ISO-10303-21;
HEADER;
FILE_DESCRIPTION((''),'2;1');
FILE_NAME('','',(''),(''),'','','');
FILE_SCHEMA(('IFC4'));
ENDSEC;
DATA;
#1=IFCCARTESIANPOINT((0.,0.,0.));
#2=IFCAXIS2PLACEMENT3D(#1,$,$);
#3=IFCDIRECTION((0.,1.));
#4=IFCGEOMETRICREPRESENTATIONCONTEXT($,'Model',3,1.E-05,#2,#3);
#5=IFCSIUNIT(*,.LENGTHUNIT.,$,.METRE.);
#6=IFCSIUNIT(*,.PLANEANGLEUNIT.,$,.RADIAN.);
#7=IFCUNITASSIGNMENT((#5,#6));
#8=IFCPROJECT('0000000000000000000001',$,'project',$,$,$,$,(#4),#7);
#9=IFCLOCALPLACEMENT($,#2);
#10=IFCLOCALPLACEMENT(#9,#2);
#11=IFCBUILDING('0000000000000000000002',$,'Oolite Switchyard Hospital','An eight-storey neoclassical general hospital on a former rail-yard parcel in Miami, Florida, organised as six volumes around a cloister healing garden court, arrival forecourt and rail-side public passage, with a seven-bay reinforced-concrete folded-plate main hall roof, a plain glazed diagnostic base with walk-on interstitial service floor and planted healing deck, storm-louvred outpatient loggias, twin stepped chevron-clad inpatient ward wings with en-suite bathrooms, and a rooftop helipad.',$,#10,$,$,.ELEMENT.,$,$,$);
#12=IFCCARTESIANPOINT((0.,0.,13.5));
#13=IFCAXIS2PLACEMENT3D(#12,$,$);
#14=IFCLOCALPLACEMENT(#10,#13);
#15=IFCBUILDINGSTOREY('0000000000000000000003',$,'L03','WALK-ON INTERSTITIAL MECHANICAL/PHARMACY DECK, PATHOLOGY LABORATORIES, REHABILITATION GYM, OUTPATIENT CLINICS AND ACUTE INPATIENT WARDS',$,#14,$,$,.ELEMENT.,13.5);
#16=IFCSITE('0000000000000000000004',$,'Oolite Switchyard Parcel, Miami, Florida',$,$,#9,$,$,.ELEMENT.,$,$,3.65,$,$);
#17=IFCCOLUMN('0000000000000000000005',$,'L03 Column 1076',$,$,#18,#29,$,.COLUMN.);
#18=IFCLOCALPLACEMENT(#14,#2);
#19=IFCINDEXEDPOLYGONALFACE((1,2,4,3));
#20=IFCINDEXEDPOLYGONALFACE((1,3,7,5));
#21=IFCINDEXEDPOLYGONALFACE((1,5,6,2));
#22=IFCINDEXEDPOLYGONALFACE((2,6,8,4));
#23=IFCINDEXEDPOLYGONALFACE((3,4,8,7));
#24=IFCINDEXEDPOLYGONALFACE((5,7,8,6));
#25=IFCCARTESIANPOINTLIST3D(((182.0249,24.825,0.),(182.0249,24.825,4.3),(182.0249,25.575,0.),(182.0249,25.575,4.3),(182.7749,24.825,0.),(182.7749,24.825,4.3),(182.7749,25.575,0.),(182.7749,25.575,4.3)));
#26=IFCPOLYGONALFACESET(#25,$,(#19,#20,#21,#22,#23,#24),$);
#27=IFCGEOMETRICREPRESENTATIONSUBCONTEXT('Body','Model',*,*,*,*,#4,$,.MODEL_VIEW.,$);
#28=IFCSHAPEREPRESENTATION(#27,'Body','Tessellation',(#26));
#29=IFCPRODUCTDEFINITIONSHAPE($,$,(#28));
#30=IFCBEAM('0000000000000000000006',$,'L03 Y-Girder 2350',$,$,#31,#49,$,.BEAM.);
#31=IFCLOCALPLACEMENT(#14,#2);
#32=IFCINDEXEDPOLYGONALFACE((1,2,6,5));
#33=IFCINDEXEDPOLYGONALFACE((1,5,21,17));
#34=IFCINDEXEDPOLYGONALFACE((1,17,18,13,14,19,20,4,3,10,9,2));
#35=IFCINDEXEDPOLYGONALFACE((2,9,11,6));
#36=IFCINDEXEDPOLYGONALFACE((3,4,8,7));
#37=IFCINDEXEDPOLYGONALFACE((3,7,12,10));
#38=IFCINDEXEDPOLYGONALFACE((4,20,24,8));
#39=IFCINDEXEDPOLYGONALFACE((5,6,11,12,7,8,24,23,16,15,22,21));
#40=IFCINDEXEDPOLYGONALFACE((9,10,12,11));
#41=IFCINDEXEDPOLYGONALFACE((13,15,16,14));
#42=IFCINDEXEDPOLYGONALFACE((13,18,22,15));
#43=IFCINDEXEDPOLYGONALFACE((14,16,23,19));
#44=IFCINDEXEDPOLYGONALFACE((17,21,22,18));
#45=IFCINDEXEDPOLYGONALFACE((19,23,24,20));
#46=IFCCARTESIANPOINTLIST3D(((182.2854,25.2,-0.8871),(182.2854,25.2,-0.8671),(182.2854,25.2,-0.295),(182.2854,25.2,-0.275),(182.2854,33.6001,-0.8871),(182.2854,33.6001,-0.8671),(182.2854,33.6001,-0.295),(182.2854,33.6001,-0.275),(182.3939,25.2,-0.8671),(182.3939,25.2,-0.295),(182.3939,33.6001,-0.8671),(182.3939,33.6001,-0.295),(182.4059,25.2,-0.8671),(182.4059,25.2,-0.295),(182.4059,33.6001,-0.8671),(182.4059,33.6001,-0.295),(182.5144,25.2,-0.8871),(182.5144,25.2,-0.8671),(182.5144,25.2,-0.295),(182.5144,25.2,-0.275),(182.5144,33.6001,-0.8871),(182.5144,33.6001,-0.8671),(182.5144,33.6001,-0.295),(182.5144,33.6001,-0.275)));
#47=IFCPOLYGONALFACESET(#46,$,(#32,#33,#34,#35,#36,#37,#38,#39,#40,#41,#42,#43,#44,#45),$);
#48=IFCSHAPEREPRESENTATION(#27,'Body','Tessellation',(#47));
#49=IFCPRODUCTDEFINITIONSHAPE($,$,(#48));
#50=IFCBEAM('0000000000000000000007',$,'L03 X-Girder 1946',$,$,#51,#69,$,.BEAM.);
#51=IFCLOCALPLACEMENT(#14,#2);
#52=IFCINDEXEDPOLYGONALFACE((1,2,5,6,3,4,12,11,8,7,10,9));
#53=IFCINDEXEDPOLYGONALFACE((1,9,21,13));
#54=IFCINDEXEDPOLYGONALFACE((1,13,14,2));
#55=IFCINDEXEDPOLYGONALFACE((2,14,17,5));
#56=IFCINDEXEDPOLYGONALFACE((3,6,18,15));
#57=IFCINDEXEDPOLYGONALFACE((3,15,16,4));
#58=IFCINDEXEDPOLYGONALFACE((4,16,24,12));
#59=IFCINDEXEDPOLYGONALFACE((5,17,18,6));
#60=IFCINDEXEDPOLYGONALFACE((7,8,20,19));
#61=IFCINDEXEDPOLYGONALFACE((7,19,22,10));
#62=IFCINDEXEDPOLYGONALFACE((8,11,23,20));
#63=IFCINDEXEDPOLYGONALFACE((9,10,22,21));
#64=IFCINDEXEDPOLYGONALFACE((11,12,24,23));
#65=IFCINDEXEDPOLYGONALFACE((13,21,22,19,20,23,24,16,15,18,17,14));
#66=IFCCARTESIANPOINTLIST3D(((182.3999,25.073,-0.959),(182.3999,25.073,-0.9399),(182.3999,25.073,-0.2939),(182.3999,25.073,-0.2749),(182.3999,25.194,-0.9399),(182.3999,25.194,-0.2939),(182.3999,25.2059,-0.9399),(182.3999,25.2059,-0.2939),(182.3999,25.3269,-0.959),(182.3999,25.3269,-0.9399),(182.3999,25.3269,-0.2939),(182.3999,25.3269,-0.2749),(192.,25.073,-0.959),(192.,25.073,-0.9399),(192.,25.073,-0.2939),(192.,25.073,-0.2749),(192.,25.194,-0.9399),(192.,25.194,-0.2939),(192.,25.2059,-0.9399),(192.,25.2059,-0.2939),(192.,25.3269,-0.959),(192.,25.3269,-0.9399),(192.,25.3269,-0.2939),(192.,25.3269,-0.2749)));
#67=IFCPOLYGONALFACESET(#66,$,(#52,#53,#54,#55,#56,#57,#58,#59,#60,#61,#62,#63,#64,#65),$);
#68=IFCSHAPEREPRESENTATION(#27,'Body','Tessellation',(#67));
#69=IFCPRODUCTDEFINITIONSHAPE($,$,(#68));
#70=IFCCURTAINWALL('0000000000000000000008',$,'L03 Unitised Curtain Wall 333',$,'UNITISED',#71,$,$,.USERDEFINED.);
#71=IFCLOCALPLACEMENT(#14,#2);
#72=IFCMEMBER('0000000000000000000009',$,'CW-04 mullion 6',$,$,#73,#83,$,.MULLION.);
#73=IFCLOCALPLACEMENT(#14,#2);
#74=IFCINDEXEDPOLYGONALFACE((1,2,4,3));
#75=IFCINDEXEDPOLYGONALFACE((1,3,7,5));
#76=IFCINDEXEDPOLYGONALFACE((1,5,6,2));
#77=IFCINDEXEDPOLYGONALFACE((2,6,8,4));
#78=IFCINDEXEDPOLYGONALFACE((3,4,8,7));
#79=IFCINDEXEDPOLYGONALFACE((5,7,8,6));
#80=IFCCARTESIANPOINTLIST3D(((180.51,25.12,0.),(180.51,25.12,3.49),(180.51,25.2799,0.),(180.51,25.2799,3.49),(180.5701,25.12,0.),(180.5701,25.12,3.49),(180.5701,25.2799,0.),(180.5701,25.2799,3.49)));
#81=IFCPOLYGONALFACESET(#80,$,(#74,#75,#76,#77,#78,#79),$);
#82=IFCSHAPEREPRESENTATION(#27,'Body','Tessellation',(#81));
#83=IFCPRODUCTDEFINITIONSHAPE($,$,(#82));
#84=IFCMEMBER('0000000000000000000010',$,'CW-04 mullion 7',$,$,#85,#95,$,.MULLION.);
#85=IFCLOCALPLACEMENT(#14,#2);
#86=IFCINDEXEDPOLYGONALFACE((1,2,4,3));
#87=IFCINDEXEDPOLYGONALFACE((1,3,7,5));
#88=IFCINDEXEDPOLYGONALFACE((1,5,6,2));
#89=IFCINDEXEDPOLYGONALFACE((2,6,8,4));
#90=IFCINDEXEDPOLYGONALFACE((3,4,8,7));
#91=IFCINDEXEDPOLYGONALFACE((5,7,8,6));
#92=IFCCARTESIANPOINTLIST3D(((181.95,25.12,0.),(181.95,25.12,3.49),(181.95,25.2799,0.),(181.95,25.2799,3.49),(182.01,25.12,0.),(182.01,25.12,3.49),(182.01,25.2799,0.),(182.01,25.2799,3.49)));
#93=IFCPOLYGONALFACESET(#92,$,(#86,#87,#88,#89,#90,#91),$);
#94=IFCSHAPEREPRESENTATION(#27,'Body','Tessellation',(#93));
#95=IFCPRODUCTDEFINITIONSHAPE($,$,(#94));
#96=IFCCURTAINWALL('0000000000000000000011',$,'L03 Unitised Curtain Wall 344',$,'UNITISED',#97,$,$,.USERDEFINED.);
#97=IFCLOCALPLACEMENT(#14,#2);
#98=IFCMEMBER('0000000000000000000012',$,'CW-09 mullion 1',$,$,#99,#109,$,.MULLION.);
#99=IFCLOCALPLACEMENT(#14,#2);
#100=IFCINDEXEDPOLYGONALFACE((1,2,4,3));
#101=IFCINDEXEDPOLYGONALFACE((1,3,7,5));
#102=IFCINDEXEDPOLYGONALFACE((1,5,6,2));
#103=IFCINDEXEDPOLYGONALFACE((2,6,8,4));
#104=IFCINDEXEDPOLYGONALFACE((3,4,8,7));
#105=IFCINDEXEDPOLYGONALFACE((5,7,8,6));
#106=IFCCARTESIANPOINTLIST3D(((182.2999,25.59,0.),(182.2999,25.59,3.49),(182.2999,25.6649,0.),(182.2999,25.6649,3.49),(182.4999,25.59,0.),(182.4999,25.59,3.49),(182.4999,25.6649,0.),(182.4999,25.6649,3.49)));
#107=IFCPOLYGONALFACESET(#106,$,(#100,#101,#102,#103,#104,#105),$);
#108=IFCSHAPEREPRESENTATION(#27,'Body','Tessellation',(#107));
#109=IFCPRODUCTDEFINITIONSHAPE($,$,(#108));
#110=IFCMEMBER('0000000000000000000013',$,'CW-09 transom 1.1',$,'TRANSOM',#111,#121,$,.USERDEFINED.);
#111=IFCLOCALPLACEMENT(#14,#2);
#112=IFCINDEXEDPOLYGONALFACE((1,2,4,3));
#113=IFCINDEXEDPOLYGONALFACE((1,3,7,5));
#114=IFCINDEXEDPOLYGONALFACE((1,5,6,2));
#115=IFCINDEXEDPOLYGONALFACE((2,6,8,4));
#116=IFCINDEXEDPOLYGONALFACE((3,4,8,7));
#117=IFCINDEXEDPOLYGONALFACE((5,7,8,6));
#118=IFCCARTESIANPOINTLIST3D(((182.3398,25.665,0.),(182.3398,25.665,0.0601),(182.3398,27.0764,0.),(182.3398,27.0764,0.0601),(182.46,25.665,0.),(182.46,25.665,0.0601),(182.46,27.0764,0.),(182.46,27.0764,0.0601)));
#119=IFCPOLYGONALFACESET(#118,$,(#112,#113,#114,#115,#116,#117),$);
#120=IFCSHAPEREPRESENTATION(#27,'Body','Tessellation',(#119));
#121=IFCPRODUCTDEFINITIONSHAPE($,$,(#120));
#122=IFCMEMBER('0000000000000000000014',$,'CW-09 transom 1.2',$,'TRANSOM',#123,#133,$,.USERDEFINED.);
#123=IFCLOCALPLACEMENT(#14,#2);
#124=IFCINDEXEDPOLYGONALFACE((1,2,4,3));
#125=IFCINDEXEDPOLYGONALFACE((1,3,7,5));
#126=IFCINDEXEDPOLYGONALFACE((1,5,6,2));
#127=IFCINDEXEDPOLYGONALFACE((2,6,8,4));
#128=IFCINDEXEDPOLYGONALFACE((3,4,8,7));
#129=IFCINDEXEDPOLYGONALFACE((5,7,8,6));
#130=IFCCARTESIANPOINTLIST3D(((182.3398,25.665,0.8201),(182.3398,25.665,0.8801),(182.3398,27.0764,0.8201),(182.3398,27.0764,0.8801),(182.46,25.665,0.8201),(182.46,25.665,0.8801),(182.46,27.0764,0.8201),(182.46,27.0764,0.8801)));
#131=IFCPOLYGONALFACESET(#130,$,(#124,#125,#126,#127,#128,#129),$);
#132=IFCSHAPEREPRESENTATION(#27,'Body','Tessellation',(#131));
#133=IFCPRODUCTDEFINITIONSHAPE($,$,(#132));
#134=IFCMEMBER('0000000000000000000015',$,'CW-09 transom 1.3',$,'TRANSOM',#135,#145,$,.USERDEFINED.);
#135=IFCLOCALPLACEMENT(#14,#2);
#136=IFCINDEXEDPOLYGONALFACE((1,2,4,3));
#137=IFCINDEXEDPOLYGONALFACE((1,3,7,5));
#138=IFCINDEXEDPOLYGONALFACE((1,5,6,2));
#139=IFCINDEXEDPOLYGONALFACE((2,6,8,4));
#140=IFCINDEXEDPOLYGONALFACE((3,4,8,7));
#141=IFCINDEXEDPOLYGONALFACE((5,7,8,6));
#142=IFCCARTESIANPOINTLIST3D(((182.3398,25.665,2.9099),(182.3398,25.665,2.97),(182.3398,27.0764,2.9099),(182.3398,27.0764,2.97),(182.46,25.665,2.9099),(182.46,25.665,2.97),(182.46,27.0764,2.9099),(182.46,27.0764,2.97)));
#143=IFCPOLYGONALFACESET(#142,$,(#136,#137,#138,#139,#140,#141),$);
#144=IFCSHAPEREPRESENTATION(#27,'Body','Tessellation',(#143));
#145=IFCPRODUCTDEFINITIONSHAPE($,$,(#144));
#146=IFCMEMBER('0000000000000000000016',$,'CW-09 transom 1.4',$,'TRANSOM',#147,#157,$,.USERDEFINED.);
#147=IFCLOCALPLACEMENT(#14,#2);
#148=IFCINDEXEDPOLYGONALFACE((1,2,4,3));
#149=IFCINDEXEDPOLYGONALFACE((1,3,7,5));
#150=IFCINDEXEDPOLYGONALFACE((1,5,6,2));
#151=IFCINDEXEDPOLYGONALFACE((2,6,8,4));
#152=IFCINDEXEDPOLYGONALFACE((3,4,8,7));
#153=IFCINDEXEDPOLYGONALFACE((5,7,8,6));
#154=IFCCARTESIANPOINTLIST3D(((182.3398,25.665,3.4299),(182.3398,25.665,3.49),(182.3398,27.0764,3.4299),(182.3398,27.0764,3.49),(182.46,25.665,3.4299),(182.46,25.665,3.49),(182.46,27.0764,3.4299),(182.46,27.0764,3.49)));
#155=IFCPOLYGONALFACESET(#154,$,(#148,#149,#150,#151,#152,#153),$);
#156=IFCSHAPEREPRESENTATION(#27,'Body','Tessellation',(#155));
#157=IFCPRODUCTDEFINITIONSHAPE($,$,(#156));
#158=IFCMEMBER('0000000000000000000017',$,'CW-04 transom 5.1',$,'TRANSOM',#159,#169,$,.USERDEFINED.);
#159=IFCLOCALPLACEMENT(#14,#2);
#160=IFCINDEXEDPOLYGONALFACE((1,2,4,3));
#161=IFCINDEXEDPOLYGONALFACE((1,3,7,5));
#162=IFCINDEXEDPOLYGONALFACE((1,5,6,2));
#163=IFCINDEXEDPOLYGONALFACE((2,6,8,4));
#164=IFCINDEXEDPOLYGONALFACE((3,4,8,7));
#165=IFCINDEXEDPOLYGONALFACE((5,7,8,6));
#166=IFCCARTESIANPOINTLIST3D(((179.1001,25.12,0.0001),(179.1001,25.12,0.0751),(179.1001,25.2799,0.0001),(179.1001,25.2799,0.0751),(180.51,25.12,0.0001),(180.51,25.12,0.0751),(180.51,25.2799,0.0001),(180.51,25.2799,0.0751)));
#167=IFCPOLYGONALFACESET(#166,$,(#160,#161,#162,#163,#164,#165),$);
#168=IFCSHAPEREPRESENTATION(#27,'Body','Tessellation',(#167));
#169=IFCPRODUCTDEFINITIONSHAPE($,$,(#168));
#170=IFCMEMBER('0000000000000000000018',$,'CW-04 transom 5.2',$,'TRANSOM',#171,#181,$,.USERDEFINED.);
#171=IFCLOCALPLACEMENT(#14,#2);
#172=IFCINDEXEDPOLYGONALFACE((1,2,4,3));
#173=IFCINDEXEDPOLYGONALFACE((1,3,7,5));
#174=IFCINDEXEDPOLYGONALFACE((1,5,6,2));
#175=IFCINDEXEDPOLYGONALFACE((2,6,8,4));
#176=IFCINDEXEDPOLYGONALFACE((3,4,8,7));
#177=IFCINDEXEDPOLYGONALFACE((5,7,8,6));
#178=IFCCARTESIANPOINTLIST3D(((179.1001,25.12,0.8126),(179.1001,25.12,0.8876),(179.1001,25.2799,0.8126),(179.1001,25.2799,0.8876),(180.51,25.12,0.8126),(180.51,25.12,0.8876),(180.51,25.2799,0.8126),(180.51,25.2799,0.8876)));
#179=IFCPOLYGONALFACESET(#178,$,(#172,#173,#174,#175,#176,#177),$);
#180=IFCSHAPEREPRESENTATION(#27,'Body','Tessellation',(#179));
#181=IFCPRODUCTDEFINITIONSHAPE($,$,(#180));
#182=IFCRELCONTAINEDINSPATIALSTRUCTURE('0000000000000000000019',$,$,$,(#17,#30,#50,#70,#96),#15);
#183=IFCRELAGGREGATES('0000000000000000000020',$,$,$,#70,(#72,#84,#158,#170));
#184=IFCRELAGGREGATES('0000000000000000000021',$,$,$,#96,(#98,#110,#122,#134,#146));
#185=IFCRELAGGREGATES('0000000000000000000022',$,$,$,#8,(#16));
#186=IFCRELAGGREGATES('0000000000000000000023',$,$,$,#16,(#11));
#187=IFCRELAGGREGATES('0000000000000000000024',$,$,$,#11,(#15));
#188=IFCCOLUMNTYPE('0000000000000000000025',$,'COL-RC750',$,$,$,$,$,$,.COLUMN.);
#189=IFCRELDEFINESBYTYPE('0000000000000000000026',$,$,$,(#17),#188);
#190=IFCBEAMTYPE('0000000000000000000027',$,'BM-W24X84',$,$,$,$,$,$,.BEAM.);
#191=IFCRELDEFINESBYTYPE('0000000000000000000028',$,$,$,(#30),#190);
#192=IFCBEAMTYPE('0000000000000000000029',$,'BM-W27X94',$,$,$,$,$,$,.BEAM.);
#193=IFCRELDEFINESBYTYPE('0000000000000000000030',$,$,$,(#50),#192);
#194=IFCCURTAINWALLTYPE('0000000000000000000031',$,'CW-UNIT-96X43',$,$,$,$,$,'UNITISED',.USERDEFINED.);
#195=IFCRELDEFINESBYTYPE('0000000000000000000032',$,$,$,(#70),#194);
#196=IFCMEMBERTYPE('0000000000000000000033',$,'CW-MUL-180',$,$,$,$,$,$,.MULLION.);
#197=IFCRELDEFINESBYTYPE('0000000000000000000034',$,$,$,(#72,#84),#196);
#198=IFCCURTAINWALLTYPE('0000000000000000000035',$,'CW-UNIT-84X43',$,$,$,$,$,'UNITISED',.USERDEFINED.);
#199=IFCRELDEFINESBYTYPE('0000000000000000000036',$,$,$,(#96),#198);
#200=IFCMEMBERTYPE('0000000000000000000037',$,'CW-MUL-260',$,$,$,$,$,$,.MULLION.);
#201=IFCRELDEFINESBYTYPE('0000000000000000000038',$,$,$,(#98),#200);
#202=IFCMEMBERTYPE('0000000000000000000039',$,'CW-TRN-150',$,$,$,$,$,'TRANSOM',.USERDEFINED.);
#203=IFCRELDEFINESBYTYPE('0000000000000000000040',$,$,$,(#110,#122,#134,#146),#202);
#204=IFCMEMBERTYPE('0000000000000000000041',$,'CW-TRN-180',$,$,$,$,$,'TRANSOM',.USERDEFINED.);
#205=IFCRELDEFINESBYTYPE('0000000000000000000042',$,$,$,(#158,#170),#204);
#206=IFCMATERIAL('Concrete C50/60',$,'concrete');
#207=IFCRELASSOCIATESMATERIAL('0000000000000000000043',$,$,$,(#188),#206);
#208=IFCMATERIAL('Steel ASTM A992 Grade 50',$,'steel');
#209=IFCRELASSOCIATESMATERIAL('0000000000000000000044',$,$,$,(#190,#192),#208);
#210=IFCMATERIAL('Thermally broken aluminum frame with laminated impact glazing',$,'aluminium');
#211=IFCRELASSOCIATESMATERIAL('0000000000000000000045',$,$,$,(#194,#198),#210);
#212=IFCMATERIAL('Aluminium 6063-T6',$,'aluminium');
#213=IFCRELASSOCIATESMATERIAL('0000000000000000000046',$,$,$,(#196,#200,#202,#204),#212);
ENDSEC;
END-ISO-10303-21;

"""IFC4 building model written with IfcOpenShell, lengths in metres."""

from ifc_helpers import new_model, si_unit, direction, frame, origin, origin_2d, place, context, subcontext, project, spatial, rectangle, i_section, extrude, material, material_profile, profile_set, type_object, element, aggregate, save


model = new_model("IFC4")

# Units and contexts
model_context = context("Model", 3, precision=1e-05, world=origin(), true_north=direction((0.0, 1.0)))
body_context = subcontext(model_context, "Body", "Model", "MODEL_VIEW")
ifc_project = project(units=[si_unit("LENGTHUNIT", "METRE"), si_unit("PLANEANGLEUNIT", "RADIAN")], contexts=[model_context])

# Site, building, storey
site_placement = place(None, origin())
site = spatial("IfcSite", under=ifc_project, at=site_placement, Name="Oolite Switchyard Parcel, Miami, Florida", CompositionType="ELEMENT", RefElevation=3.65)
building_placement = place(site_placement, origin())
building = spatial("IfcBuilding", under=site, at=building_placement, Name="Oolite Switchyard Hospital", Description="An eight-storey neoclassical general hospital on a former rail-yard parcel in Miami, Florida, organised as six volumes around a cloister healing garden court, arrival forecourt and rail-side public passage, with a seven-bay reinforced-concrete folded-plate main hall roof, a plain glazed diagnostic base with walk-on interstitial service floor and planted healing deck, storm-louvred outpatient loggias, twin stepped chevron-clad inpatient ward wings with en-suite bathrooms, and a rooftop helipad.", CompositionType="ELEMENT")
storey_placement = place(building_placement, frame((0.0, 0.0, 13.5)))
storey = spatial("IfcBuildingStorey", under=building, at=storey_placement, Name="L03", Description="WALK-ON INTERSTITIAL MECHANICAL/PHARMACY DECK, PATHOLOGY LABORATORIES, REHABILITATION GYM, OUTPATIENT CLINICS AND ACUTE INPATIENT WARDS", CompositionType="ELEMENT", Elevation=13.5)

# Column
ifc_material_1 = material(Name="Concrete C50/60", Category="concrete")
ifc_material_profile_1 = material_profile(ifc_material_1, rectangle(XDim=0.75, YDim=0.75, at=origin_2d()), Name="RC750X750")
ifc_profile_set_1 = profile_set([ifc_material_profile_1], Name="Concrete C50/60")
column_type = type_object("IfcColumnType", Name="COL-RC750", PredefinedType="COLUMN", material=ifc_profile_set_1)
column_placement = place(storey_placement, frame((182.3999, 25.2, 0.0), z_axis=(0.0, 0.0, 1.0), x_axis=(1.0, 0.0, 0.0)))
element("IfcColumn", 1, at=column_placement, inside=storey, type_object=column_type, Name="L03 Column 1076", PredefinedType="COLUMN", context=body_context, shape_type="SweptSolid", body=[
    extrude(rectangle(XDim=0.75, YDim=0.75, at=origin_2d()), origin(), (0.0, 0.0, 1.0), 4.3),
])

# Beams
ifc_material_2 = material(Name="Steel ASTM A992 Grade 50", Category="steel")
ifc_material_profile_2 = material_profile(ifc_material_2, i_section(OverallWidth=0.229, OverallDepth=0.6121, WebThickness=0.012, FlangeThickness=0.02, at=origin_2d()), Name="W24X84")
ifc_profile_set_2 = profile_set([ifc_material_profile_2], Name="Steel ASTM A992 Grade 50")
beam_type_1 = type_object("IfcBeamType", Name="BM-W24X84", PredefinedType="BEAM", material=ifc_profile_set_2)
beam_1_placement = place(storey_placement, frame((182.3999, 25.2, -0.5811), z_axis=(0.0, 1.0, 0.0), x_axis=(-1.0, 0.0, 0.0)))
element("IfcBeam", 2, at=beam_1_placement, inside=storey, type_object=beam_type_1, Name="L03 Y-Girder 2350", PredefinedType="BEAM", context=body_context, shape_type="SweptSolid", body=[
    extrude(i_section(OverallWidth=0.229, OverallDepth=0.6121, WebThickness=0.012, FlangeThickness=0.02, at=origin_2d()), origin(), (0.0, 0.0, 1.0), 8.4001),
])
ifc_material_profile_3 = material_profile(ifc_material_2, i_section(OverallWidth=0.2539, OverallDepth=0.6841, WebThickness=0.012, FlangeThickness=0.019, at=origin_2d()), Name="W27X94")
ifc_profile_set_3 = profile_set([ifc_material_profile_3], Name="Steel ASTM A992 Grade 50")
beam_type_2 = type_object("IfcBeamType", Name="BM-W27X94", PredefinedType="BEAM", material=ifc_profile_set_3)
beam_2_placement = place(storey_placement, frame((182.3999, 25.2, -0.6169), z_axis=(1.0, 0.0, 0.0), x_axis=(0.0, 1.0, 0.0)))
element("IfcBeam", 3, at=beam_2_placement, inside=storey, type_object=beam_type_2, Name="L03 X-Girder 1946", PredefinedType="BEAM", context=body_context, shape_type="SweptSolid", body=[
    extrude(i_section(OverallWidth=0.2539, OverallDepth=0.6841, WebThickness=0.012, FlangeThickness=0.019, at=origin_2d()), origin(), (0.0, 0.0, 1.0), 9.6001),
])

# Curtain walls, members
ifc_material_3 = material(Name="Thermally broken aluminum frame with laminated impact glazing", Category="aluminium")
curtain_wall_type_1 = type_object("IfcCurtainWallType", Name="CW-UNIT-96X43", ElementType="UNITISED", PredefinedType="USERDEFINED", material=ifc_material_3)
curtain_wall_1_placement = place(storey_placement, origin())
curtain_wall_1 = element("IfcCurtainWall", 4, at=curtain_wall_1_placement, inside=storey, type_object=curtain_wall_type_1, Name="L03 Unitised Curtain Wall 333", ObjectType="UNITISED", PredefinedType="USERDEFINED")
ifc_material_4 = material(Name="Aluminium 6063-T6", Category="aluminium")
ifc_material_profile_4 = material_profile(ifc_material_4, rectangle(XDim=0.1599, YDim=0.0601, at=origin_2d()), Name="CWM60X160")
ifc_profile_set_4 = profile_set([ifc_material_profile_4], Name="Aluminium 6063-T6")
member_type_1 = type_object("IfcMemberType", Name="CW-MUL-180", PredefinedType="MULLION", material=ifc_profile_set_4)
member_1_placement = place(storey_placement, frame((180.54, 25.2, 0.0), z_axis=(0.0, 0.0, 1.0), x_axis=(0.0, 1.0, 0.0)))
member_1 = element("IfcMember", 5, at=member_1_placement, type_object=member_type_1, Name="CW-04 mullion 6", PredefinedType="MULLION", context=body_context, shape_type="SweptSolid", body=[
    extrude(rectangle(XDim=0.1599, YDim=0.0601, at=origin_2d()), origin(), (0.0, 0.0, 1.0), 3.49),
])
member_2_placement = place(storey_placement, frame((181.98, 25.2, 0.0), z_axis=(0.0, 0.0, 1.0), x_axis=(0.0, 1.0, 0.0)))
member_2 = element("IfcMember", 6, at=member_2_placement, type_object=member_type_1, Name="CW-04 mullion 7", PredefinedType="MULLION", context=body_context, shape_type="SweptSolid", body=[
    extrude(rectangle(XDim=0.1599, YDim=0.0601, at=origin_2d()), origin(), (0.0, 0.0, 1.0), 3.49),
])
curtain_wall_type_2 = type_object("IfcCurtainWallType", Name="CW-UNIT-84X43", ElementType="UNITISED", PredefinedType="USERDEFINED", material=ifc_material_3)
curtain_wall_2_placement = place(storey_placement, origin())
curtain_wall_2 = element("IfcCurtainWall", 7, at=curtain_wall_2_placement, inside=storey, type_object=curtain_wall_type_2, Name="L03 Unitised Curtain Wall 344", ObjectType="UNITISED", PredefinedType="USERDEFINED")
ifc_material_profile_5 = material_profile(ifc_material_4, rectangle(XDim=0.2, YDim=0.075, at=origin_2d()), Name="CWM75X200")
ifc_profile_set_5 = profile_set([ifc_material_profile_5], Name="Aluminium 6063-T6")
member_type_2 = type_object("IfcMemberType", Name="CW-MUL-260", PredefinedType="MULLION", material=ifc_profile_set_5)
member_3_placement = place(storey_placement, frame((182.3999, 25.6274, 0.0), z_axis=(0.0, 0.0, 1.0), x_axis=(-1.0, 0.0, 0.0)))
member_3 = element("IfcMember", 8, at=member_3_placement, type_object=member_type_2, Name="CW-09 mullion 1", PredefinedType="MULLION", context=body_context, shape_type="SweptSolid", body=[
    extrude(rectangle(XDim=0.2, YDim=0.075, at=origin_2d()), origin(), (0.0, 0.0, 1.0), 3.49),
])
ifc_material_profile_6 = material_profile(ifc_material_4, rectangle(XDim=0.1201, YDim=0.0601, at=origin_2d()), Name="CWT60X120")
ifc_profile_set_6 = profile_set([ifc_material_profile_6], Name="Aluminium 6063-T6")
member_type_3 = type_object("IfcMemberType", Name="CW-TRN-150", ElementType="TRANSOM", PredefinedType="USERDEFINED", material=ifc_profile_set_6)
member_4_placement = place(storey_placement, frame((182.3999, 25.665, 0.03), z_axis=(0.0, 1.0, 0.0), x_axis=(-1.0, 0.0, 0.0)))
member_4 = element("IfcMember", 9, at=member_4_placement, type_object=member_type_3, Name="CW-09 transom 1.1", ObjectType="TRANSOM", PredefinedType="USERDEFINED", context=body_context, shape_type="SweptSolid", body=[
    extrude(rectangle(XDim=0.1201, YDim=0.0601, at=origin_2d()), origin(), (0.0, 0.0, 1.0), 1.4114),
])
member_5_placement = place(storey_placement, frame((182.3999, 25.665, 0.8501), z_axis=(0.0, 1.0, 0.0), x_axis=(-1.0, 0.0, 0.0)))
member_5 = element("IfcMember", 10, at=member_5_placement, type_object=member_type_3, Name="CW-09 transom 1.2", ObjectType="TRANSOM", PredefinedType="USERDEFINED", context=body_context, shape_type="SweptSolid", body=[
    extrude(rectangle(XDim=0.1201, YDim=0.0601, at=origin_2d()), origin(), (0.0, 0.0, 1.0), 1.4114),
])
member_6_placement = place(storey_placement, frame((182.3999, 25.665, 2.9399), z_axis=(0.0, 1.0, 0.0), x_axis=(-1.0, 0.0, 0.0)))
member_6 = element("IfcMember", 11, at=member_6_placement, type_object=member_type_3, Name="CW-09 transom 1.3", ObjectType="TRANSOM", PredefinedType="USERDEFINED", context=body_context, shape_type="SweptSolid", body=[
    extrude(rectangle(XDim=0.1201, YDim=0.0601, at=origin_2d()), origin(), (0.0, 0.0, 1.0), 1.4114),
])
member_7_placement = place(storey_placement, frame((182.3999, 25.665, 3.46), z_axis=(0.0, 1.0, 0.0), x_axis=(-1.0, 0.0, 0.0)))
member_7 = element("IfcMember", 12, at=member_7_placement, type_object=member_type_3, Name="CW-09 transom 1.4", ObjectType="TRANSOM", PredefinedType="USERDEFINED", context=body_context, shape_type="SweptSolid", body=[
    extrude(rectangle(XDim=0.1201, YDim=0.0601, at=origin_2d()), origin(), (0.0, 0.0, 1.0), 1.4114),
])

# Members
ifc_material_profile_7 = material_profile(ifc_material_4, rectangle(XDim=0.1599, YDim=0.075, at=origin_2d()), Name="CWT75X160")
ifc_profile_set_7 = profile_set([ifc_material_profile_7], Name="Aluminium 6063-T6")
member_type_4 = type_object("IfcMemberType", Name="CW-TRN-180", ElementType="TRANSOM", PredefinedType="USERDEFINED", material=ifc_profile_set_7)
member_8_placement = place(storey_placement, frame((179.1001, 25.2, 0.0376), z_axis=(1.0, 0.0, 0.0), x_axis=(0.0, 1.0, 0.0)))
member_8 = element("IfcMember", 13, at=member_8_placement, type_object=member_type_4, Name="CW-04 transom 5.1", ObjectType="TRANSOM", PredefinedType="USERDEFINED", context=body_context, shape_type="SweptSolid", body=[
    extrude(rectangle(XDim=0.1599, YDim=0.075, at=origin_2d()), origin(), (0.0, 0.0, 1.0), 1.4099),
])
member_9_placement = place(storey_placement, frame((179.1001, 25.2, 0.8501), z_axis=(1.0, 0.0, 0.0), x_axis=(0.0, 1.0, 0.0)))
member_9 = element("IfcMember", 14, at=member_9_placement, type_object=member_type_4, Name="CW-04 transom 5.2", ObjectType="TRANSOM", PredefinedType="USERDEFINED", context=body_context, shape_type="SweptSolid", body=[
    extrude(rectangle(XDim=0.1599, YDim=0.075, at=origin_2d()), origin(), (0.0, 0.0, 1.0), 1.4099),
])

aggregate(curtain_wall_1, [member_1, member_2, member_8, member_9])
aggregate(curtain_wall_2, [member_3, member_4, member_5, member_6, member_7])

save(model, "model.ifc")
